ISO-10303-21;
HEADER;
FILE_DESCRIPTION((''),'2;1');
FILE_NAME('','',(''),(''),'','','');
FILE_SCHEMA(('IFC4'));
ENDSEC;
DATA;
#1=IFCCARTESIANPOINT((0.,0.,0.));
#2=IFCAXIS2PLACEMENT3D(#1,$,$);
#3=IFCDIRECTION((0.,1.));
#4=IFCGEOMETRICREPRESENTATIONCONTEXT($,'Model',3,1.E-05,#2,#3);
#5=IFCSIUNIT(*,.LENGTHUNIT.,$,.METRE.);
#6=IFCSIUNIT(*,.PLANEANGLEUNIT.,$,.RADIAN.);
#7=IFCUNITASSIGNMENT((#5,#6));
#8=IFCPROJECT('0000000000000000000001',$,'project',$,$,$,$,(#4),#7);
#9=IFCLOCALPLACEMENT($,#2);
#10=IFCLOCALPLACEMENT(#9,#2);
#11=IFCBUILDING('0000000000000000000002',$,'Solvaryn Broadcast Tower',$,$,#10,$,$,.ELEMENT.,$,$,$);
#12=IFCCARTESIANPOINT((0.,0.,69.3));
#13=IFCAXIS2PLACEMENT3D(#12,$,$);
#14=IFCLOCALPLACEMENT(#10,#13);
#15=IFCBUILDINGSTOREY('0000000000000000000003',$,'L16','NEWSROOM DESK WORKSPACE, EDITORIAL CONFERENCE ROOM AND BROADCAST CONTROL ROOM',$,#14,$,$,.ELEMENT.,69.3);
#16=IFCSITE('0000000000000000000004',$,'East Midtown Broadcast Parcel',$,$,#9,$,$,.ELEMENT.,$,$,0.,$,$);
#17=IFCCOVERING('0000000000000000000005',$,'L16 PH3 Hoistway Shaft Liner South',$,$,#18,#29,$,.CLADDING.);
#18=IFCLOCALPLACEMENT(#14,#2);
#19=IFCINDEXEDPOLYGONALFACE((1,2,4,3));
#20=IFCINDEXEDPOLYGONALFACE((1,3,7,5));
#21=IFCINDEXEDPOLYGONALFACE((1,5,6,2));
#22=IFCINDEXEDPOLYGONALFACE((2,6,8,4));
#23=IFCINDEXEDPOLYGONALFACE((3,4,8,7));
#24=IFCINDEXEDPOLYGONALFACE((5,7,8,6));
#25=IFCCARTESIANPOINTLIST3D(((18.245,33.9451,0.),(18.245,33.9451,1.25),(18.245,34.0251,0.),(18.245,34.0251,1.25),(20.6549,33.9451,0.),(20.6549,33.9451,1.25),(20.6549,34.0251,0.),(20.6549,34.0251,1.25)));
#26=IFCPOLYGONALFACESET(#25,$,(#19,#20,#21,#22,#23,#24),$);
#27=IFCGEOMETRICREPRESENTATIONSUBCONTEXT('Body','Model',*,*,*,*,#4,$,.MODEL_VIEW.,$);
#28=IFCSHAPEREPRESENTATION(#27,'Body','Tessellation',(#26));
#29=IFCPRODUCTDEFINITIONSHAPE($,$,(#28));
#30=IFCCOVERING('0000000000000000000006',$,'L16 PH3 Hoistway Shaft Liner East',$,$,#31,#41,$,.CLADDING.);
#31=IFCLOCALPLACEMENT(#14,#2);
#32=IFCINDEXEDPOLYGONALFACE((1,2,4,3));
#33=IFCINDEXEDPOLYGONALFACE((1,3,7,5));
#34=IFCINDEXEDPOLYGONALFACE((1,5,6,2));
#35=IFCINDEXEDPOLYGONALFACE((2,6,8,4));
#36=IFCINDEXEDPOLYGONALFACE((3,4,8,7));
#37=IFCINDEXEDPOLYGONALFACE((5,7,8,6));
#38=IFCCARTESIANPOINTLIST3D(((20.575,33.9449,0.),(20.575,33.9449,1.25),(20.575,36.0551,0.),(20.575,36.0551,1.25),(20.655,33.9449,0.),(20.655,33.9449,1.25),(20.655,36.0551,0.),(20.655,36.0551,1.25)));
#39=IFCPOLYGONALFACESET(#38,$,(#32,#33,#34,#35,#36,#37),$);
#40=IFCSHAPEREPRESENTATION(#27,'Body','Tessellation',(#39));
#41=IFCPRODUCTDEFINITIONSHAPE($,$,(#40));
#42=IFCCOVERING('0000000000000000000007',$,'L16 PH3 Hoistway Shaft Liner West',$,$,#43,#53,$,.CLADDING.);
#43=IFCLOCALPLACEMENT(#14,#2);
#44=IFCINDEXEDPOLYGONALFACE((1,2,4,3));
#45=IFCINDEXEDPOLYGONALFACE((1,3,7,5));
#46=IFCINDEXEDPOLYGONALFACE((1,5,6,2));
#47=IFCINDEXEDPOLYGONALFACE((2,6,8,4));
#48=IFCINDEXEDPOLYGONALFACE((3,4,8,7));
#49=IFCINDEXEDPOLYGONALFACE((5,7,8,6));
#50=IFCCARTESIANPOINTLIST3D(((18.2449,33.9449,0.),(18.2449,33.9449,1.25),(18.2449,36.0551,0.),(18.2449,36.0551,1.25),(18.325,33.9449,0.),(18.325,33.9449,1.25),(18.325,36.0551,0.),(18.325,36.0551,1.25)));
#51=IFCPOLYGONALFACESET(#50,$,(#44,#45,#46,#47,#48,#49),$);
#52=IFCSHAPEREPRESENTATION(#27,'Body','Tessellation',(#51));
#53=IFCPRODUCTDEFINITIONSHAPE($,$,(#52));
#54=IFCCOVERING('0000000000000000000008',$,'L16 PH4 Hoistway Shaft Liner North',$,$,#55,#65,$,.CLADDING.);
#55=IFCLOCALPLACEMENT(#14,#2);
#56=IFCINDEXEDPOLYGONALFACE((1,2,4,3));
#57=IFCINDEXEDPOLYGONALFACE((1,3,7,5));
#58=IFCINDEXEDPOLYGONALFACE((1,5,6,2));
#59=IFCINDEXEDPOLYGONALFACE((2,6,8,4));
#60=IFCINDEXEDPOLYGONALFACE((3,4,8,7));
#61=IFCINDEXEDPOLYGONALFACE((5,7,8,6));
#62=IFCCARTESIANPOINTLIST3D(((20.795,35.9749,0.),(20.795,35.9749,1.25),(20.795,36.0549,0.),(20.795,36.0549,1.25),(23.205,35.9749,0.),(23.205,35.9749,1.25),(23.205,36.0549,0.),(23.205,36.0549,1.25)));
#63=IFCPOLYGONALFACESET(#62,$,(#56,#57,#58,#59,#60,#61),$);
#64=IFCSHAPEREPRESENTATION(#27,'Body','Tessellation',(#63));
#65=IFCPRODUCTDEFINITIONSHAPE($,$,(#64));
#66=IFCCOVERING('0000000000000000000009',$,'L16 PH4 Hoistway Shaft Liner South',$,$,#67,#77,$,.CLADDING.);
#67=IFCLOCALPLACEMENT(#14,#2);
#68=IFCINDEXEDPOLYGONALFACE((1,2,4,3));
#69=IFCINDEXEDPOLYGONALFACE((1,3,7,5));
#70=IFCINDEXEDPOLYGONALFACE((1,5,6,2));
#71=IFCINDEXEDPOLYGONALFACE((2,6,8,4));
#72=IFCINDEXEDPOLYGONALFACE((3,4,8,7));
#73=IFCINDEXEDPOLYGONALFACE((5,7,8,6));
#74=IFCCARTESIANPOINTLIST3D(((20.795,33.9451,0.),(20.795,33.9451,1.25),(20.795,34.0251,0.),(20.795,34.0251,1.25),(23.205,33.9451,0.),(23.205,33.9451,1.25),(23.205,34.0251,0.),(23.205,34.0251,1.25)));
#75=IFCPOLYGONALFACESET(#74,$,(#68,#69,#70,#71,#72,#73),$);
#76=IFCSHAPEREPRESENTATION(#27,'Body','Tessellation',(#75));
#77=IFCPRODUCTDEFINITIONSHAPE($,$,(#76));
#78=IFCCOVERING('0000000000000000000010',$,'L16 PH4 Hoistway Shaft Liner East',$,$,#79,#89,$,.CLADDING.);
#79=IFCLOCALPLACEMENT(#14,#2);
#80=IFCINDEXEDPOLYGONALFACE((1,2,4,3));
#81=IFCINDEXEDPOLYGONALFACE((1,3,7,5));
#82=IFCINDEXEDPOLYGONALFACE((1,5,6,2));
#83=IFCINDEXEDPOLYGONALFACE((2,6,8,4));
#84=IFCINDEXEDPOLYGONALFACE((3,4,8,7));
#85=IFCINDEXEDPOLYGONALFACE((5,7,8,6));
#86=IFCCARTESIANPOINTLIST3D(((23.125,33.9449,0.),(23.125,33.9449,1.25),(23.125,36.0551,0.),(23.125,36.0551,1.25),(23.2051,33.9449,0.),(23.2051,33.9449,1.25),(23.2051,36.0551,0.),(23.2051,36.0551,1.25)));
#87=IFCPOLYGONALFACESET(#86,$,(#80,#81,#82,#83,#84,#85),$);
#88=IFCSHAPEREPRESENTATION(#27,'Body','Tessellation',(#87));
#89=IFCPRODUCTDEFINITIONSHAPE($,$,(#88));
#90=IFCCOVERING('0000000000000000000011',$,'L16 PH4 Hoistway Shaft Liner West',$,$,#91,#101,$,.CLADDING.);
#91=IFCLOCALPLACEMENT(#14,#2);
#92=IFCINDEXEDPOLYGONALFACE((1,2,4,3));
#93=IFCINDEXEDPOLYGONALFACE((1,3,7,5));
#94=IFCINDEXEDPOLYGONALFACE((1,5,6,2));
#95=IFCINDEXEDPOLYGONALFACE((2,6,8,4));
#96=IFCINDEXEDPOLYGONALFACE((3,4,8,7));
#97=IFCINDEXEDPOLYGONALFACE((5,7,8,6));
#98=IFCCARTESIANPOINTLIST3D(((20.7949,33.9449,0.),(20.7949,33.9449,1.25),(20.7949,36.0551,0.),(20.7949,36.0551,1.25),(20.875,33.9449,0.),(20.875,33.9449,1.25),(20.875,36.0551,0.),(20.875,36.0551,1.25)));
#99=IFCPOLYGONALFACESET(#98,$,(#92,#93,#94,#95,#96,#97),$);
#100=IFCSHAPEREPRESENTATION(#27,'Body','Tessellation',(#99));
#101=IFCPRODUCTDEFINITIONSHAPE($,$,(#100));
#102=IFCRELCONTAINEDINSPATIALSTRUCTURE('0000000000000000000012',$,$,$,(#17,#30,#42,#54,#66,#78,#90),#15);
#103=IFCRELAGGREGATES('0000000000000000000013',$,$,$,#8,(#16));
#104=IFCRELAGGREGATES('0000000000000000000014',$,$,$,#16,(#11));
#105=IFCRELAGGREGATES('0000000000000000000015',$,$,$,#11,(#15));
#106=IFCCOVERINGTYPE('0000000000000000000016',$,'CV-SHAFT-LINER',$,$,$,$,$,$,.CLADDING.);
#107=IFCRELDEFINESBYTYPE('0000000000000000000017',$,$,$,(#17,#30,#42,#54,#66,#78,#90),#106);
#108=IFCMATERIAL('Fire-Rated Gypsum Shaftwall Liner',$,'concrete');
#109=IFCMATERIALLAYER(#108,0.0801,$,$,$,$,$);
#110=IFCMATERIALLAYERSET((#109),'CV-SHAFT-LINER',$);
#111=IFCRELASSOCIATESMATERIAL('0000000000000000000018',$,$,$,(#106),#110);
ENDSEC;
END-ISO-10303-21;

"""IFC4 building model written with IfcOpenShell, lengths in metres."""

from ifc_helpers import new_model, si_unit, direction, frame, origin, origin_2d, place, context, subcontext, project, spatial, rectangle, extrude, material, layer, layer_set, type_object, element, save


model = new_model("IFC4")

# Units and contexts
model_context = context("Model", 3, precision=1e-05, world=origin(), true_north=direction((0.0, 1.0)))
body_context = subcontext(model_context, "Body", "Model", "MODEL_VIEW")
ifc_project = project(units=[si_unit("LENGTHUNIT", "METRE"), si_unit("PLANEANGLEUNIT", "RADIAN")], contexts=[model_context])

# Site, building, storey
site_placement = place(None, origin())
site = spatial("IfcSite", under=ifc_project, at=site_placement, Name="East Midtown Broadcast Parcel", CompositionType="ELEMENT", RefElevation=0.0)
building_placement = place(site_placement, origin())
building = spatial("IfcBuilding", under=site, at=building_placement, Name="Solvaryn Broadcast Tower", CompositionType="ELEMENT")
storey_placement = place(building_placement, frame((0.0, 0.0, 69.3)))
storey = spatial("IfcBuildingStorey", under=building, at=storey_placement, Name="L16", Description="NEWSROOM DESK WORKSPACE, EDITORIAL CONFERENCE ROOM AND BROADCAST CONTROL ROOM", CompositionType="ELEMENT", Elevation=69.3)

# Coverings
ifc_material_1 = material(Name="Fire-Rated Gypsum Shaftwall Liner", Category="concrete")
ifc_layer_1 = layer(ifc_material_1, 0.0801)
ifc_layer_set_1 = layer_set([ifc_layer_1], Name="CV-SHAFT-LINER")
covering_type = type_object("IfcCoveringType", Name="CV-SHAFT-LINER", PredefinedType="CLADDING", material=ifc_layer_set_1)
for number, where, z_axis, x_axis, name in (
    (1, (19.45, 33.9851, 0.0), (0.0, 0.0, 1.0), (1.0, 0.0, 0.0), "L16 PH3 Hoistway Shaft Liner South"),
):
    element("IfcCovering", number, at=place(storey_placement, frame(where, z_axis=z_axis, x_axis=x_axis)), inside=storey, type_object=covering_type, Name=name, PredefinedType="CLADDING", context=body_context, shape_type="SweptSolid", body=[
        extrude(rectangle(XDim=2.4099, YDim=0.0801, at=origin_2d()), origin(), (0.0, 0.0, 1.0), 1.25),
    ])
for number, where, z_axis, x_axis, name in (
    (2, (20.615, 35.0, 0.0), (0.0, 0.0, 1.0), (1.0, 0.0, 0.0), "L16 PH3 Hoistway Shaft Liner East"),
    (3, (18.2849, 35.0, 0.0), (0.0, 0.0, 1.0), (1.0, 0.0, 0.0), "L16 PH3 Hoistway Shaft Liner West"),
):
    element("IfcCovering", number, at=place(storey_placement, frame(where, z_axis=z_axis, x_axis=x_axis)), inside=storey, type_object=covering_type, Name=name, PredefinedType="CLADDING", context=body_context, shape_type="SweptSolid", body=[
        extrude(rectangle(XDim=0.0801, YDim=2.1101, at=origin_2d()), origin(), (0.0, 0.0, 1.0), 1.25),
    ])
for number, where, z_axis, x_axis, name in (
    (4, (22.0, 36.0149, 0.0), (0.0, 0.0, 1.0), (1.0, 0.0, 0.0), "L16 PH4 Hoistway Shaft Liner North"),
    (5, (22.0, 33.9851, 0.0), (0.0, 0.0, 1.0), (1.0, 0.0, 0.0), "L16 PH4 Hoistway Shaft Liner South"),
):
    element("IfcCovering", number, at=place(storey_placement, frame(where, z_axis=z_axis, x_axis=x_axis)), inside=storey, type_object=covering_type, Name=name, PredefinedType="CLADDING", context=body_context, shape_type="SweptSolid", body=[
        extrude(rectangle(XDim=2.4099, YDim=0.0801, at=origin_2d()), origin(), (0.0, 0.0, 1.0), 1.25),
    ])
for number, where, z_axis, x_axis, name in (
    (6, (23.165, 35.0, 0.0), (0.0, 0.0, 1.0), (1.0, 0.0, 0.0), "L16 PH4 Hoistway Shaft Liner East"),
    (7, (20.835, 35.0, 0.0), (0.0, 0.0, 1.0), (1.0, 0.0, 0.0), "L16 PH4 Hoistway Shaft Liner West"),
):
    element("IfcCovering", number, at=place(storey_placement, frame(where, z_axis=z_axis, x_axis=x_axis)), inside=storey, type_object=covering_type, Name=name, PredefinedType="CLADDING", context=body_context, shape_type="SweptSolid", body=[
        extrude(rectangle(XDim=0.0801, YDim=2.1101, at=origin_2d()), origin(), (0.0, 0.0, 1.0), 1.25),
    ])

save(model, "model.ifc")
